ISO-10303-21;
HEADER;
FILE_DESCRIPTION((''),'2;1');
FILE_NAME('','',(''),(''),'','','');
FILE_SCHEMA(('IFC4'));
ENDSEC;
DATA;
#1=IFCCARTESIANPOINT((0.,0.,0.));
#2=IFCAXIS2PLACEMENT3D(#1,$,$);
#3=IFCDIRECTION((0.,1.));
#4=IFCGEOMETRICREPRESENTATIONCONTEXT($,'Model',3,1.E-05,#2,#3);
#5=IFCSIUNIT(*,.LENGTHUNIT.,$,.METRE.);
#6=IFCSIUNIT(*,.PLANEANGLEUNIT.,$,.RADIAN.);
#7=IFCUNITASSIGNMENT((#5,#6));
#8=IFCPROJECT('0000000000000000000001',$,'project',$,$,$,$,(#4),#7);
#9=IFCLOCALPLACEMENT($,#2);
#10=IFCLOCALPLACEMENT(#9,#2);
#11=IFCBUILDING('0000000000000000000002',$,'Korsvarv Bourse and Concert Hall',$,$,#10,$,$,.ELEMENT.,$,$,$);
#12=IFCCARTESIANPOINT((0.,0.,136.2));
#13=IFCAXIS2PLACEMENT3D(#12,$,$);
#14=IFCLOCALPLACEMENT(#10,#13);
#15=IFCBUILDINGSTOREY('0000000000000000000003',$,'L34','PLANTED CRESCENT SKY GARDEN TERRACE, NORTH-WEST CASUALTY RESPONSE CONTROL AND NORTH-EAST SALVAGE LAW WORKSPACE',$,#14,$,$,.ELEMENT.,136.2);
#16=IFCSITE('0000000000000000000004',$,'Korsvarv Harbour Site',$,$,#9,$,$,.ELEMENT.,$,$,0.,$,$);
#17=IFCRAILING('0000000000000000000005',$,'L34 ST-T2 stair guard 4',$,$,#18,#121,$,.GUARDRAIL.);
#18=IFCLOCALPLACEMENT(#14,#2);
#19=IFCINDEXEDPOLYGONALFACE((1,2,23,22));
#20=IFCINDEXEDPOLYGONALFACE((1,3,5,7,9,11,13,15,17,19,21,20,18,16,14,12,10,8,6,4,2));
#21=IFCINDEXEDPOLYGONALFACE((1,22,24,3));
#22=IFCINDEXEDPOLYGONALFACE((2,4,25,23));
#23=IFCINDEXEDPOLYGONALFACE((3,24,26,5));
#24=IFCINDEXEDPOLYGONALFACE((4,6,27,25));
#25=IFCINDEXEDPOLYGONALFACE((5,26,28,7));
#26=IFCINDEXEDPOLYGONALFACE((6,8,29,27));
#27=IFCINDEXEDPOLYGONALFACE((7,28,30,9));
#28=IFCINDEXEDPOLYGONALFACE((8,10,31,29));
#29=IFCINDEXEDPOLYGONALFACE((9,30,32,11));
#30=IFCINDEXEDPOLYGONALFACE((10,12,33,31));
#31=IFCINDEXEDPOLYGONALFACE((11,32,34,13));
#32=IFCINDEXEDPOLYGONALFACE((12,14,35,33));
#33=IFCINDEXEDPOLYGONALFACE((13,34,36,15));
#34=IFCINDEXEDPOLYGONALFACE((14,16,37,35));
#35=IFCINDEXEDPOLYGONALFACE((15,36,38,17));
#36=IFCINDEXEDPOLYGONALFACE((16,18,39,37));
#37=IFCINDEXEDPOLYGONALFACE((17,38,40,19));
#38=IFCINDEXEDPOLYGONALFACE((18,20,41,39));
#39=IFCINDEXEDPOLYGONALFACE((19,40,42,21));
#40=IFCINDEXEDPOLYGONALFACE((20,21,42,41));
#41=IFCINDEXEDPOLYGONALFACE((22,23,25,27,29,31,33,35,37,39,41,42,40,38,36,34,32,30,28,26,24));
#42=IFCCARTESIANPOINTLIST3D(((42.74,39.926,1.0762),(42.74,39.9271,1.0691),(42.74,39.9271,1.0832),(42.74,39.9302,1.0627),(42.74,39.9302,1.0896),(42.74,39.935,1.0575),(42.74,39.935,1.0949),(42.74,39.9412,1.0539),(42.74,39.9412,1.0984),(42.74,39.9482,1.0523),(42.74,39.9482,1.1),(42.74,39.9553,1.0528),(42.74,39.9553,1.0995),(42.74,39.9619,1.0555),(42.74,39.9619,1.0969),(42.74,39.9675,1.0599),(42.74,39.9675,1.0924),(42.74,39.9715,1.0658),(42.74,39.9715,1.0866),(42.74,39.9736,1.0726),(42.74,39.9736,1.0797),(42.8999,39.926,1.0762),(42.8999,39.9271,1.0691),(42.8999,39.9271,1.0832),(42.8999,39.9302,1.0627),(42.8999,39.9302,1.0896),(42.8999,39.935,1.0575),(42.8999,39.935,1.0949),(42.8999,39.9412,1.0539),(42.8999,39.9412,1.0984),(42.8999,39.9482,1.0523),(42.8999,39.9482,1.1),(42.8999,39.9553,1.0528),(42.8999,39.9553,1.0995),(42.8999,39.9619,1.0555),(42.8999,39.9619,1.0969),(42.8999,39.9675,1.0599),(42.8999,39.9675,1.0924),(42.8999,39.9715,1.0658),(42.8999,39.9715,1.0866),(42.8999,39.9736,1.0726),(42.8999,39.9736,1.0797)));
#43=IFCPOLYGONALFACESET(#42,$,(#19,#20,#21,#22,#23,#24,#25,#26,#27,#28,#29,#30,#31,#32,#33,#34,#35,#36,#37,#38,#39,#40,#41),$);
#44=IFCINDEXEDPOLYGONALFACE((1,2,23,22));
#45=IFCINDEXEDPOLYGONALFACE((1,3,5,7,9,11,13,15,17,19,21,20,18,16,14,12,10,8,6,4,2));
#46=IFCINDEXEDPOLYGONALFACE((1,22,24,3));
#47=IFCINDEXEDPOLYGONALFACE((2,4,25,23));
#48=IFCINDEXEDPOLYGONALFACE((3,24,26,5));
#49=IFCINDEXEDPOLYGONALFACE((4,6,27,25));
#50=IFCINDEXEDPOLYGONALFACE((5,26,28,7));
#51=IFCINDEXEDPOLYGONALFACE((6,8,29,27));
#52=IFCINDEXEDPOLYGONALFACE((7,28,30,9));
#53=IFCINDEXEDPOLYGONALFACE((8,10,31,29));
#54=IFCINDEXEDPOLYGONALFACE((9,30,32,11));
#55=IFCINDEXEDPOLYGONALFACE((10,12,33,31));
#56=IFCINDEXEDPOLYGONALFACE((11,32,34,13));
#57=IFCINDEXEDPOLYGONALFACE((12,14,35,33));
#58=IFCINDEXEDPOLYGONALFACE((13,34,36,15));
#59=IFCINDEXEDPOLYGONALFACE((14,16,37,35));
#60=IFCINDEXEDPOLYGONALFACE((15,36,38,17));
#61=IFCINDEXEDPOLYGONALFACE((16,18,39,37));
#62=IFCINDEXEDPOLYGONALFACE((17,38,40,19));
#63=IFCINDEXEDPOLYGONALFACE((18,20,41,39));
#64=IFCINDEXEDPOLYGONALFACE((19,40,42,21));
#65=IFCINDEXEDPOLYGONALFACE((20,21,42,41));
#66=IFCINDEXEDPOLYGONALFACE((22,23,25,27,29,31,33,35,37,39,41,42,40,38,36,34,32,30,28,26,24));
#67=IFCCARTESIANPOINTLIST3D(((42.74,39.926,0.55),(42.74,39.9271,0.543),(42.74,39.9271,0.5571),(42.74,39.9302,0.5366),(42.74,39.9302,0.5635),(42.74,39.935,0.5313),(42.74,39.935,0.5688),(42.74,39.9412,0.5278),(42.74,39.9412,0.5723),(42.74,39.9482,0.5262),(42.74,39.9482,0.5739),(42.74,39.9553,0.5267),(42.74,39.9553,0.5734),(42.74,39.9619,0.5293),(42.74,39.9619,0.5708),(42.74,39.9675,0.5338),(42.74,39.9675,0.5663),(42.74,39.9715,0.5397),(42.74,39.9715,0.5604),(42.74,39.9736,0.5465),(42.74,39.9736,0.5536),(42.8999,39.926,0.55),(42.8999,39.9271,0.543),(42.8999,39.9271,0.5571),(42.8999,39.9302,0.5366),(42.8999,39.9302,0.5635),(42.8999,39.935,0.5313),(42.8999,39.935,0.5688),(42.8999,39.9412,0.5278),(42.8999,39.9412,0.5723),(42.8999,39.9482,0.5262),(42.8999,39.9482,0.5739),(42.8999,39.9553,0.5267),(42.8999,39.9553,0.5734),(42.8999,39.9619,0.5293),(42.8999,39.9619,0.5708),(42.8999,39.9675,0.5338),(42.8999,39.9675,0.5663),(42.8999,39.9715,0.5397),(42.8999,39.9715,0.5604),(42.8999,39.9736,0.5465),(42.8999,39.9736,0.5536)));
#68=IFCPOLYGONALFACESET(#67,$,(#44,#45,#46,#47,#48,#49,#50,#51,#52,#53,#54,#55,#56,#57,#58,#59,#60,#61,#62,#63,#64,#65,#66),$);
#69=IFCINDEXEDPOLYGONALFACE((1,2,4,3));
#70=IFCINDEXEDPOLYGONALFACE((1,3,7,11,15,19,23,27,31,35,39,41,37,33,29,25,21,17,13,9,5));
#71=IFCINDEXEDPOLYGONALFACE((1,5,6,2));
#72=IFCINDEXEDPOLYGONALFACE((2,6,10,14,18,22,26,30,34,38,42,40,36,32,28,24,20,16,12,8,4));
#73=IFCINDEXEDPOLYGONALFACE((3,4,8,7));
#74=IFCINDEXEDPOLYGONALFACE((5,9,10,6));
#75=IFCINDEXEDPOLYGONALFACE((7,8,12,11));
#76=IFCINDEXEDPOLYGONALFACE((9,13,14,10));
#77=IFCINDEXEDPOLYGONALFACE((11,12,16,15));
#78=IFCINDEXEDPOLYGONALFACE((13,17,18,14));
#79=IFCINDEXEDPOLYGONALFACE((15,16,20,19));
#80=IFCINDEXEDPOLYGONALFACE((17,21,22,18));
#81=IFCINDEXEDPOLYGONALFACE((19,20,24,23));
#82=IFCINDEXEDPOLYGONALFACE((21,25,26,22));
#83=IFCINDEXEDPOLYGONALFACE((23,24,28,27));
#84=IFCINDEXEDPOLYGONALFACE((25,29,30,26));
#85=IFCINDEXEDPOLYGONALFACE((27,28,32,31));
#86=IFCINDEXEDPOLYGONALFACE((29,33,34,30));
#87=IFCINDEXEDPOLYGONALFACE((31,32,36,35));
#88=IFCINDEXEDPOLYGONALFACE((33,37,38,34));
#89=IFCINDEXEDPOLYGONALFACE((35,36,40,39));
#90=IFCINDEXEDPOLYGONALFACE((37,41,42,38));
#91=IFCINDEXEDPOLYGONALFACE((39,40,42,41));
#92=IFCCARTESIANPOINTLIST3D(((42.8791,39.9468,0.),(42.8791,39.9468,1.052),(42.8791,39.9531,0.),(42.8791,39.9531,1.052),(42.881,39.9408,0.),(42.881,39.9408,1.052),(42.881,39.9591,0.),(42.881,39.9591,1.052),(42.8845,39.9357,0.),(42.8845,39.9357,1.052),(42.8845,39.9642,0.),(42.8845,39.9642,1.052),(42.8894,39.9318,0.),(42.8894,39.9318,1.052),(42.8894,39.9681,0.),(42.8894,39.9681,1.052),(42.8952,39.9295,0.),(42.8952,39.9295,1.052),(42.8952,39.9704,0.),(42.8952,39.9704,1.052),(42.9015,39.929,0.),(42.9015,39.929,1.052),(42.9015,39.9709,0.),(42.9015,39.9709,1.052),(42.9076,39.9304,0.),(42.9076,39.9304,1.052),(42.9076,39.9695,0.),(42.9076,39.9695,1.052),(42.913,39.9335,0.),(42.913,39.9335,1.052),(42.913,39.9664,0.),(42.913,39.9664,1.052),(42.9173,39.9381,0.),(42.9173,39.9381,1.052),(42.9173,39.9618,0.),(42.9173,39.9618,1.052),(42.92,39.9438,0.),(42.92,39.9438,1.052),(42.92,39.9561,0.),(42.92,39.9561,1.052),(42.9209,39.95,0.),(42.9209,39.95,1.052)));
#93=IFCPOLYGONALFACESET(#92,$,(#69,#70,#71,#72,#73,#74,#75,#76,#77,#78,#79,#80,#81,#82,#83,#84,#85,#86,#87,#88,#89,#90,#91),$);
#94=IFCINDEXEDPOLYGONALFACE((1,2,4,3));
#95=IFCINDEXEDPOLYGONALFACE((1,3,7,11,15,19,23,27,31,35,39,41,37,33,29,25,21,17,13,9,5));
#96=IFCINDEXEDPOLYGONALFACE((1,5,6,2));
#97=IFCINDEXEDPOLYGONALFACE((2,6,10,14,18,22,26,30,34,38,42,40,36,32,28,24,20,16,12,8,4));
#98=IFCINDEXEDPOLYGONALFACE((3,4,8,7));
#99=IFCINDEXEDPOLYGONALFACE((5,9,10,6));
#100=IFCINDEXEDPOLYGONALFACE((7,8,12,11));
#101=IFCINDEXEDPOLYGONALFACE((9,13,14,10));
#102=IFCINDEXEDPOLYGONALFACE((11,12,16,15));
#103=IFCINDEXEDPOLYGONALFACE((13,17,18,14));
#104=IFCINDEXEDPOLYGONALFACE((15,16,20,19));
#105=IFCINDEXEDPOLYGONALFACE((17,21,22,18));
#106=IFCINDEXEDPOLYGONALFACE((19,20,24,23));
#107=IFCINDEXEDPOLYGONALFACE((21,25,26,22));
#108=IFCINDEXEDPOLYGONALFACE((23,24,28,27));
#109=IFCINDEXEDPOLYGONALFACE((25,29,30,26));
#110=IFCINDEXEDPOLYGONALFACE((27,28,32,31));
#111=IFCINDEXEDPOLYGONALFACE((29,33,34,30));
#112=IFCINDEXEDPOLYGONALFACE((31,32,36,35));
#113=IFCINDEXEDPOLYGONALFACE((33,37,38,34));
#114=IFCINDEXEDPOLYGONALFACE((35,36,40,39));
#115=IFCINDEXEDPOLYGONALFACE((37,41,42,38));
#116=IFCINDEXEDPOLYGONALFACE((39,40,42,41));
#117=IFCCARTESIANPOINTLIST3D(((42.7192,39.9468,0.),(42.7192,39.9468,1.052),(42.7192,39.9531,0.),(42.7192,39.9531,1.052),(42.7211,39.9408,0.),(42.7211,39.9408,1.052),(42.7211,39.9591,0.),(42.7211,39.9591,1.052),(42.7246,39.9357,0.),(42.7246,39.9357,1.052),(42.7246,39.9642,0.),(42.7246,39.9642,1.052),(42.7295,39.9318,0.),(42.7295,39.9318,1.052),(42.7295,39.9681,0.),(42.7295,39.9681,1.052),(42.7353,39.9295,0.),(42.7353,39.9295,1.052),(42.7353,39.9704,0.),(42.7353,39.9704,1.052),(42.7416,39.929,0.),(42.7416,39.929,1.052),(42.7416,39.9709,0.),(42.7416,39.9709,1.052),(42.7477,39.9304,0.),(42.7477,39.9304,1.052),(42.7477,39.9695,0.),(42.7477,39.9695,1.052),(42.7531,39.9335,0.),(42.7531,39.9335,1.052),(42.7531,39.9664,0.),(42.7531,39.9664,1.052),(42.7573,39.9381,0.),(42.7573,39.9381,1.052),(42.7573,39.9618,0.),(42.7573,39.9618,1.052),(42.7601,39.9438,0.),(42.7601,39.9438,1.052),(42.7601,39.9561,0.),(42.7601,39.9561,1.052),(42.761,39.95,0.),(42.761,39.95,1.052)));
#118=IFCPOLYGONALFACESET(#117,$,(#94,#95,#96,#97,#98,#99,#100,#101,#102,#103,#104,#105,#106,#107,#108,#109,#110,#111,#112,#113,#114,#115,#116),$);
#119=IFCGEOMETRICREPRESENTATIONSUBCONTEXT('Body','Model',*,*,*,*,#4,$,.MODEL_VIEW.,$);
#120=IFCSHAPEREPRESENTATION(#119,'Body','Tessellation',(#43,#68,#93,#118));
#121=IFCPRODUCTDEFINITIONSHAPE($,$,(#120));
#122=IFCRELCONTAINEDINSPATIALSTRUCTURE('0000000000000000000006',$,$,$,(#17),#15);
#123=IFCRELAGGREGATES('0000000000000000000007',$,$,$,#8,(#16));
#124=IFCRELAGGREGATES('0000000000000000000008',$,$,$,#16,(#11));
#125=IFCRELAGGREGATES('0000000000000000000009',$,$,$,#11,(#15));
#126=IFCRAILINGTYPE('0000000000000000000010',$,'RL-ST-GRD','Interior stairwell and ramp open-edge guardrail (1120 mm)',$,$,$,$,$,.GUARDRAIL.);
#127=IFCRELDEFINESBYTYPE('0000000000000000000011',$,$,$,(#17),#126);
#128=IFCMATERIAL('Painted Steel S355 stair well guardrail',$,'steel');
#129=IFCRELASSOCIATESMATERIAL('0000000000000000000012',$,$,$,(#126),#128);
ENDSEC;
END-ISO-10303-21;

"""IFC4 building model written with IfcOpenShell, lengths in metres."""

from ifc_helpers import new_model, si_unit, direction, frame, origin, origin_2d, place, context, subcontext, project, spatial, circle, extrude, material, type_object, element, save


model = new_model("IFC4")

# Units and contexts
model_context = context("Model", 3, precision=1e-05, world=origin(), true_north=direction((0.0, 1.0)))
body_context = subcontext(model_context, "Body", "Model", "MODEL_VIEW")
ifc_project = project(units=[si_unit("LENGTHUNIT", "METRE"), si_unit("PLANEANGLEUNIT", "RADIAN")], contexts=[model_context])

# Site, building, storey
site_placement = place(None, origin())
site = spatial("IfcSite", under=ifc_project, at=site_placement, Name="Korsvarv Harbour Site", CompositionType="ELEMENT", RefElevation=0.0)
building_placement = place(site_placement, origin())
building = spatial("IfcBuilding", under=site, at=building_placement, Name="Korsvarv Bourse and Concert Hall", CompositionType="ELEMENT")
storey_placement = place(building_placement, frame((0.0, 0.0, 136.2)))
storey = spatial("IfcBuildingStorey", under=building, at=storey_placement, Name="L34", Description="PLANTED CRESCENT SKY GARDEN TERRACE, NORTH-WEST CASUALTY RESPONSE CONTROL AND NORTH-EAST SALVAGE LAW WORKSPACE", CompositionType="ELEMENT", Elevation=136.2)

# Railing
ifc_material_1 = material(Name="Painted Steel S355 stair well guardrail", Category="steel")
railing_type_1 = type_object("IfcRailingType", Name="RL-ST-GRD", Description="Interior stairwell and ramp open-edge guardrail (1120 mm)", PredefinedType="GUARDRAIL", material=ifc_material_1)
railing_1_placement = place(storey_placement, frame((42.8999, 39.95, 0.0)))
element("IfcRailing", 1, at=railing_1_placement, inside=storey, type_object=railing_type_1, Name="L34 ST-T2 stair guard 4", PredefinedType="GUARDRAIL", context=body_context, shape_type="SweptSolid", body=[
    extrude(circle(Radius=0.0239, at=origin_2d()), frame((0.0, 0.0, 1.0762), z_axis=(-1.0, 0.0, 0.0), x_axis=(0.0, -1.0, 0.0)), (0.0, 0.0, 1.0), 0.1599),
    extrude(circle(Radius=0.0239, at=origin_2d()), frame((0.0, 0.0, 0.55), z_axis=(-1.0, 0.0, 0.0), x_axis=(0.0, -1.0, 0.0)), (0.0, 0.0, 1.0), 0.1599),
    extrude(circle(Radius=0.021, at=origin_2d()), origin(), (0.0, 0.0, 1.0), 1.052),
    extrude(circle(Radius=0.021, at=origin_2d()), frame((-0.1599, 0.0, 0.0)), (0.0, 0.0, 1.0), 1.052),
])

save(model, "model.ifc")
